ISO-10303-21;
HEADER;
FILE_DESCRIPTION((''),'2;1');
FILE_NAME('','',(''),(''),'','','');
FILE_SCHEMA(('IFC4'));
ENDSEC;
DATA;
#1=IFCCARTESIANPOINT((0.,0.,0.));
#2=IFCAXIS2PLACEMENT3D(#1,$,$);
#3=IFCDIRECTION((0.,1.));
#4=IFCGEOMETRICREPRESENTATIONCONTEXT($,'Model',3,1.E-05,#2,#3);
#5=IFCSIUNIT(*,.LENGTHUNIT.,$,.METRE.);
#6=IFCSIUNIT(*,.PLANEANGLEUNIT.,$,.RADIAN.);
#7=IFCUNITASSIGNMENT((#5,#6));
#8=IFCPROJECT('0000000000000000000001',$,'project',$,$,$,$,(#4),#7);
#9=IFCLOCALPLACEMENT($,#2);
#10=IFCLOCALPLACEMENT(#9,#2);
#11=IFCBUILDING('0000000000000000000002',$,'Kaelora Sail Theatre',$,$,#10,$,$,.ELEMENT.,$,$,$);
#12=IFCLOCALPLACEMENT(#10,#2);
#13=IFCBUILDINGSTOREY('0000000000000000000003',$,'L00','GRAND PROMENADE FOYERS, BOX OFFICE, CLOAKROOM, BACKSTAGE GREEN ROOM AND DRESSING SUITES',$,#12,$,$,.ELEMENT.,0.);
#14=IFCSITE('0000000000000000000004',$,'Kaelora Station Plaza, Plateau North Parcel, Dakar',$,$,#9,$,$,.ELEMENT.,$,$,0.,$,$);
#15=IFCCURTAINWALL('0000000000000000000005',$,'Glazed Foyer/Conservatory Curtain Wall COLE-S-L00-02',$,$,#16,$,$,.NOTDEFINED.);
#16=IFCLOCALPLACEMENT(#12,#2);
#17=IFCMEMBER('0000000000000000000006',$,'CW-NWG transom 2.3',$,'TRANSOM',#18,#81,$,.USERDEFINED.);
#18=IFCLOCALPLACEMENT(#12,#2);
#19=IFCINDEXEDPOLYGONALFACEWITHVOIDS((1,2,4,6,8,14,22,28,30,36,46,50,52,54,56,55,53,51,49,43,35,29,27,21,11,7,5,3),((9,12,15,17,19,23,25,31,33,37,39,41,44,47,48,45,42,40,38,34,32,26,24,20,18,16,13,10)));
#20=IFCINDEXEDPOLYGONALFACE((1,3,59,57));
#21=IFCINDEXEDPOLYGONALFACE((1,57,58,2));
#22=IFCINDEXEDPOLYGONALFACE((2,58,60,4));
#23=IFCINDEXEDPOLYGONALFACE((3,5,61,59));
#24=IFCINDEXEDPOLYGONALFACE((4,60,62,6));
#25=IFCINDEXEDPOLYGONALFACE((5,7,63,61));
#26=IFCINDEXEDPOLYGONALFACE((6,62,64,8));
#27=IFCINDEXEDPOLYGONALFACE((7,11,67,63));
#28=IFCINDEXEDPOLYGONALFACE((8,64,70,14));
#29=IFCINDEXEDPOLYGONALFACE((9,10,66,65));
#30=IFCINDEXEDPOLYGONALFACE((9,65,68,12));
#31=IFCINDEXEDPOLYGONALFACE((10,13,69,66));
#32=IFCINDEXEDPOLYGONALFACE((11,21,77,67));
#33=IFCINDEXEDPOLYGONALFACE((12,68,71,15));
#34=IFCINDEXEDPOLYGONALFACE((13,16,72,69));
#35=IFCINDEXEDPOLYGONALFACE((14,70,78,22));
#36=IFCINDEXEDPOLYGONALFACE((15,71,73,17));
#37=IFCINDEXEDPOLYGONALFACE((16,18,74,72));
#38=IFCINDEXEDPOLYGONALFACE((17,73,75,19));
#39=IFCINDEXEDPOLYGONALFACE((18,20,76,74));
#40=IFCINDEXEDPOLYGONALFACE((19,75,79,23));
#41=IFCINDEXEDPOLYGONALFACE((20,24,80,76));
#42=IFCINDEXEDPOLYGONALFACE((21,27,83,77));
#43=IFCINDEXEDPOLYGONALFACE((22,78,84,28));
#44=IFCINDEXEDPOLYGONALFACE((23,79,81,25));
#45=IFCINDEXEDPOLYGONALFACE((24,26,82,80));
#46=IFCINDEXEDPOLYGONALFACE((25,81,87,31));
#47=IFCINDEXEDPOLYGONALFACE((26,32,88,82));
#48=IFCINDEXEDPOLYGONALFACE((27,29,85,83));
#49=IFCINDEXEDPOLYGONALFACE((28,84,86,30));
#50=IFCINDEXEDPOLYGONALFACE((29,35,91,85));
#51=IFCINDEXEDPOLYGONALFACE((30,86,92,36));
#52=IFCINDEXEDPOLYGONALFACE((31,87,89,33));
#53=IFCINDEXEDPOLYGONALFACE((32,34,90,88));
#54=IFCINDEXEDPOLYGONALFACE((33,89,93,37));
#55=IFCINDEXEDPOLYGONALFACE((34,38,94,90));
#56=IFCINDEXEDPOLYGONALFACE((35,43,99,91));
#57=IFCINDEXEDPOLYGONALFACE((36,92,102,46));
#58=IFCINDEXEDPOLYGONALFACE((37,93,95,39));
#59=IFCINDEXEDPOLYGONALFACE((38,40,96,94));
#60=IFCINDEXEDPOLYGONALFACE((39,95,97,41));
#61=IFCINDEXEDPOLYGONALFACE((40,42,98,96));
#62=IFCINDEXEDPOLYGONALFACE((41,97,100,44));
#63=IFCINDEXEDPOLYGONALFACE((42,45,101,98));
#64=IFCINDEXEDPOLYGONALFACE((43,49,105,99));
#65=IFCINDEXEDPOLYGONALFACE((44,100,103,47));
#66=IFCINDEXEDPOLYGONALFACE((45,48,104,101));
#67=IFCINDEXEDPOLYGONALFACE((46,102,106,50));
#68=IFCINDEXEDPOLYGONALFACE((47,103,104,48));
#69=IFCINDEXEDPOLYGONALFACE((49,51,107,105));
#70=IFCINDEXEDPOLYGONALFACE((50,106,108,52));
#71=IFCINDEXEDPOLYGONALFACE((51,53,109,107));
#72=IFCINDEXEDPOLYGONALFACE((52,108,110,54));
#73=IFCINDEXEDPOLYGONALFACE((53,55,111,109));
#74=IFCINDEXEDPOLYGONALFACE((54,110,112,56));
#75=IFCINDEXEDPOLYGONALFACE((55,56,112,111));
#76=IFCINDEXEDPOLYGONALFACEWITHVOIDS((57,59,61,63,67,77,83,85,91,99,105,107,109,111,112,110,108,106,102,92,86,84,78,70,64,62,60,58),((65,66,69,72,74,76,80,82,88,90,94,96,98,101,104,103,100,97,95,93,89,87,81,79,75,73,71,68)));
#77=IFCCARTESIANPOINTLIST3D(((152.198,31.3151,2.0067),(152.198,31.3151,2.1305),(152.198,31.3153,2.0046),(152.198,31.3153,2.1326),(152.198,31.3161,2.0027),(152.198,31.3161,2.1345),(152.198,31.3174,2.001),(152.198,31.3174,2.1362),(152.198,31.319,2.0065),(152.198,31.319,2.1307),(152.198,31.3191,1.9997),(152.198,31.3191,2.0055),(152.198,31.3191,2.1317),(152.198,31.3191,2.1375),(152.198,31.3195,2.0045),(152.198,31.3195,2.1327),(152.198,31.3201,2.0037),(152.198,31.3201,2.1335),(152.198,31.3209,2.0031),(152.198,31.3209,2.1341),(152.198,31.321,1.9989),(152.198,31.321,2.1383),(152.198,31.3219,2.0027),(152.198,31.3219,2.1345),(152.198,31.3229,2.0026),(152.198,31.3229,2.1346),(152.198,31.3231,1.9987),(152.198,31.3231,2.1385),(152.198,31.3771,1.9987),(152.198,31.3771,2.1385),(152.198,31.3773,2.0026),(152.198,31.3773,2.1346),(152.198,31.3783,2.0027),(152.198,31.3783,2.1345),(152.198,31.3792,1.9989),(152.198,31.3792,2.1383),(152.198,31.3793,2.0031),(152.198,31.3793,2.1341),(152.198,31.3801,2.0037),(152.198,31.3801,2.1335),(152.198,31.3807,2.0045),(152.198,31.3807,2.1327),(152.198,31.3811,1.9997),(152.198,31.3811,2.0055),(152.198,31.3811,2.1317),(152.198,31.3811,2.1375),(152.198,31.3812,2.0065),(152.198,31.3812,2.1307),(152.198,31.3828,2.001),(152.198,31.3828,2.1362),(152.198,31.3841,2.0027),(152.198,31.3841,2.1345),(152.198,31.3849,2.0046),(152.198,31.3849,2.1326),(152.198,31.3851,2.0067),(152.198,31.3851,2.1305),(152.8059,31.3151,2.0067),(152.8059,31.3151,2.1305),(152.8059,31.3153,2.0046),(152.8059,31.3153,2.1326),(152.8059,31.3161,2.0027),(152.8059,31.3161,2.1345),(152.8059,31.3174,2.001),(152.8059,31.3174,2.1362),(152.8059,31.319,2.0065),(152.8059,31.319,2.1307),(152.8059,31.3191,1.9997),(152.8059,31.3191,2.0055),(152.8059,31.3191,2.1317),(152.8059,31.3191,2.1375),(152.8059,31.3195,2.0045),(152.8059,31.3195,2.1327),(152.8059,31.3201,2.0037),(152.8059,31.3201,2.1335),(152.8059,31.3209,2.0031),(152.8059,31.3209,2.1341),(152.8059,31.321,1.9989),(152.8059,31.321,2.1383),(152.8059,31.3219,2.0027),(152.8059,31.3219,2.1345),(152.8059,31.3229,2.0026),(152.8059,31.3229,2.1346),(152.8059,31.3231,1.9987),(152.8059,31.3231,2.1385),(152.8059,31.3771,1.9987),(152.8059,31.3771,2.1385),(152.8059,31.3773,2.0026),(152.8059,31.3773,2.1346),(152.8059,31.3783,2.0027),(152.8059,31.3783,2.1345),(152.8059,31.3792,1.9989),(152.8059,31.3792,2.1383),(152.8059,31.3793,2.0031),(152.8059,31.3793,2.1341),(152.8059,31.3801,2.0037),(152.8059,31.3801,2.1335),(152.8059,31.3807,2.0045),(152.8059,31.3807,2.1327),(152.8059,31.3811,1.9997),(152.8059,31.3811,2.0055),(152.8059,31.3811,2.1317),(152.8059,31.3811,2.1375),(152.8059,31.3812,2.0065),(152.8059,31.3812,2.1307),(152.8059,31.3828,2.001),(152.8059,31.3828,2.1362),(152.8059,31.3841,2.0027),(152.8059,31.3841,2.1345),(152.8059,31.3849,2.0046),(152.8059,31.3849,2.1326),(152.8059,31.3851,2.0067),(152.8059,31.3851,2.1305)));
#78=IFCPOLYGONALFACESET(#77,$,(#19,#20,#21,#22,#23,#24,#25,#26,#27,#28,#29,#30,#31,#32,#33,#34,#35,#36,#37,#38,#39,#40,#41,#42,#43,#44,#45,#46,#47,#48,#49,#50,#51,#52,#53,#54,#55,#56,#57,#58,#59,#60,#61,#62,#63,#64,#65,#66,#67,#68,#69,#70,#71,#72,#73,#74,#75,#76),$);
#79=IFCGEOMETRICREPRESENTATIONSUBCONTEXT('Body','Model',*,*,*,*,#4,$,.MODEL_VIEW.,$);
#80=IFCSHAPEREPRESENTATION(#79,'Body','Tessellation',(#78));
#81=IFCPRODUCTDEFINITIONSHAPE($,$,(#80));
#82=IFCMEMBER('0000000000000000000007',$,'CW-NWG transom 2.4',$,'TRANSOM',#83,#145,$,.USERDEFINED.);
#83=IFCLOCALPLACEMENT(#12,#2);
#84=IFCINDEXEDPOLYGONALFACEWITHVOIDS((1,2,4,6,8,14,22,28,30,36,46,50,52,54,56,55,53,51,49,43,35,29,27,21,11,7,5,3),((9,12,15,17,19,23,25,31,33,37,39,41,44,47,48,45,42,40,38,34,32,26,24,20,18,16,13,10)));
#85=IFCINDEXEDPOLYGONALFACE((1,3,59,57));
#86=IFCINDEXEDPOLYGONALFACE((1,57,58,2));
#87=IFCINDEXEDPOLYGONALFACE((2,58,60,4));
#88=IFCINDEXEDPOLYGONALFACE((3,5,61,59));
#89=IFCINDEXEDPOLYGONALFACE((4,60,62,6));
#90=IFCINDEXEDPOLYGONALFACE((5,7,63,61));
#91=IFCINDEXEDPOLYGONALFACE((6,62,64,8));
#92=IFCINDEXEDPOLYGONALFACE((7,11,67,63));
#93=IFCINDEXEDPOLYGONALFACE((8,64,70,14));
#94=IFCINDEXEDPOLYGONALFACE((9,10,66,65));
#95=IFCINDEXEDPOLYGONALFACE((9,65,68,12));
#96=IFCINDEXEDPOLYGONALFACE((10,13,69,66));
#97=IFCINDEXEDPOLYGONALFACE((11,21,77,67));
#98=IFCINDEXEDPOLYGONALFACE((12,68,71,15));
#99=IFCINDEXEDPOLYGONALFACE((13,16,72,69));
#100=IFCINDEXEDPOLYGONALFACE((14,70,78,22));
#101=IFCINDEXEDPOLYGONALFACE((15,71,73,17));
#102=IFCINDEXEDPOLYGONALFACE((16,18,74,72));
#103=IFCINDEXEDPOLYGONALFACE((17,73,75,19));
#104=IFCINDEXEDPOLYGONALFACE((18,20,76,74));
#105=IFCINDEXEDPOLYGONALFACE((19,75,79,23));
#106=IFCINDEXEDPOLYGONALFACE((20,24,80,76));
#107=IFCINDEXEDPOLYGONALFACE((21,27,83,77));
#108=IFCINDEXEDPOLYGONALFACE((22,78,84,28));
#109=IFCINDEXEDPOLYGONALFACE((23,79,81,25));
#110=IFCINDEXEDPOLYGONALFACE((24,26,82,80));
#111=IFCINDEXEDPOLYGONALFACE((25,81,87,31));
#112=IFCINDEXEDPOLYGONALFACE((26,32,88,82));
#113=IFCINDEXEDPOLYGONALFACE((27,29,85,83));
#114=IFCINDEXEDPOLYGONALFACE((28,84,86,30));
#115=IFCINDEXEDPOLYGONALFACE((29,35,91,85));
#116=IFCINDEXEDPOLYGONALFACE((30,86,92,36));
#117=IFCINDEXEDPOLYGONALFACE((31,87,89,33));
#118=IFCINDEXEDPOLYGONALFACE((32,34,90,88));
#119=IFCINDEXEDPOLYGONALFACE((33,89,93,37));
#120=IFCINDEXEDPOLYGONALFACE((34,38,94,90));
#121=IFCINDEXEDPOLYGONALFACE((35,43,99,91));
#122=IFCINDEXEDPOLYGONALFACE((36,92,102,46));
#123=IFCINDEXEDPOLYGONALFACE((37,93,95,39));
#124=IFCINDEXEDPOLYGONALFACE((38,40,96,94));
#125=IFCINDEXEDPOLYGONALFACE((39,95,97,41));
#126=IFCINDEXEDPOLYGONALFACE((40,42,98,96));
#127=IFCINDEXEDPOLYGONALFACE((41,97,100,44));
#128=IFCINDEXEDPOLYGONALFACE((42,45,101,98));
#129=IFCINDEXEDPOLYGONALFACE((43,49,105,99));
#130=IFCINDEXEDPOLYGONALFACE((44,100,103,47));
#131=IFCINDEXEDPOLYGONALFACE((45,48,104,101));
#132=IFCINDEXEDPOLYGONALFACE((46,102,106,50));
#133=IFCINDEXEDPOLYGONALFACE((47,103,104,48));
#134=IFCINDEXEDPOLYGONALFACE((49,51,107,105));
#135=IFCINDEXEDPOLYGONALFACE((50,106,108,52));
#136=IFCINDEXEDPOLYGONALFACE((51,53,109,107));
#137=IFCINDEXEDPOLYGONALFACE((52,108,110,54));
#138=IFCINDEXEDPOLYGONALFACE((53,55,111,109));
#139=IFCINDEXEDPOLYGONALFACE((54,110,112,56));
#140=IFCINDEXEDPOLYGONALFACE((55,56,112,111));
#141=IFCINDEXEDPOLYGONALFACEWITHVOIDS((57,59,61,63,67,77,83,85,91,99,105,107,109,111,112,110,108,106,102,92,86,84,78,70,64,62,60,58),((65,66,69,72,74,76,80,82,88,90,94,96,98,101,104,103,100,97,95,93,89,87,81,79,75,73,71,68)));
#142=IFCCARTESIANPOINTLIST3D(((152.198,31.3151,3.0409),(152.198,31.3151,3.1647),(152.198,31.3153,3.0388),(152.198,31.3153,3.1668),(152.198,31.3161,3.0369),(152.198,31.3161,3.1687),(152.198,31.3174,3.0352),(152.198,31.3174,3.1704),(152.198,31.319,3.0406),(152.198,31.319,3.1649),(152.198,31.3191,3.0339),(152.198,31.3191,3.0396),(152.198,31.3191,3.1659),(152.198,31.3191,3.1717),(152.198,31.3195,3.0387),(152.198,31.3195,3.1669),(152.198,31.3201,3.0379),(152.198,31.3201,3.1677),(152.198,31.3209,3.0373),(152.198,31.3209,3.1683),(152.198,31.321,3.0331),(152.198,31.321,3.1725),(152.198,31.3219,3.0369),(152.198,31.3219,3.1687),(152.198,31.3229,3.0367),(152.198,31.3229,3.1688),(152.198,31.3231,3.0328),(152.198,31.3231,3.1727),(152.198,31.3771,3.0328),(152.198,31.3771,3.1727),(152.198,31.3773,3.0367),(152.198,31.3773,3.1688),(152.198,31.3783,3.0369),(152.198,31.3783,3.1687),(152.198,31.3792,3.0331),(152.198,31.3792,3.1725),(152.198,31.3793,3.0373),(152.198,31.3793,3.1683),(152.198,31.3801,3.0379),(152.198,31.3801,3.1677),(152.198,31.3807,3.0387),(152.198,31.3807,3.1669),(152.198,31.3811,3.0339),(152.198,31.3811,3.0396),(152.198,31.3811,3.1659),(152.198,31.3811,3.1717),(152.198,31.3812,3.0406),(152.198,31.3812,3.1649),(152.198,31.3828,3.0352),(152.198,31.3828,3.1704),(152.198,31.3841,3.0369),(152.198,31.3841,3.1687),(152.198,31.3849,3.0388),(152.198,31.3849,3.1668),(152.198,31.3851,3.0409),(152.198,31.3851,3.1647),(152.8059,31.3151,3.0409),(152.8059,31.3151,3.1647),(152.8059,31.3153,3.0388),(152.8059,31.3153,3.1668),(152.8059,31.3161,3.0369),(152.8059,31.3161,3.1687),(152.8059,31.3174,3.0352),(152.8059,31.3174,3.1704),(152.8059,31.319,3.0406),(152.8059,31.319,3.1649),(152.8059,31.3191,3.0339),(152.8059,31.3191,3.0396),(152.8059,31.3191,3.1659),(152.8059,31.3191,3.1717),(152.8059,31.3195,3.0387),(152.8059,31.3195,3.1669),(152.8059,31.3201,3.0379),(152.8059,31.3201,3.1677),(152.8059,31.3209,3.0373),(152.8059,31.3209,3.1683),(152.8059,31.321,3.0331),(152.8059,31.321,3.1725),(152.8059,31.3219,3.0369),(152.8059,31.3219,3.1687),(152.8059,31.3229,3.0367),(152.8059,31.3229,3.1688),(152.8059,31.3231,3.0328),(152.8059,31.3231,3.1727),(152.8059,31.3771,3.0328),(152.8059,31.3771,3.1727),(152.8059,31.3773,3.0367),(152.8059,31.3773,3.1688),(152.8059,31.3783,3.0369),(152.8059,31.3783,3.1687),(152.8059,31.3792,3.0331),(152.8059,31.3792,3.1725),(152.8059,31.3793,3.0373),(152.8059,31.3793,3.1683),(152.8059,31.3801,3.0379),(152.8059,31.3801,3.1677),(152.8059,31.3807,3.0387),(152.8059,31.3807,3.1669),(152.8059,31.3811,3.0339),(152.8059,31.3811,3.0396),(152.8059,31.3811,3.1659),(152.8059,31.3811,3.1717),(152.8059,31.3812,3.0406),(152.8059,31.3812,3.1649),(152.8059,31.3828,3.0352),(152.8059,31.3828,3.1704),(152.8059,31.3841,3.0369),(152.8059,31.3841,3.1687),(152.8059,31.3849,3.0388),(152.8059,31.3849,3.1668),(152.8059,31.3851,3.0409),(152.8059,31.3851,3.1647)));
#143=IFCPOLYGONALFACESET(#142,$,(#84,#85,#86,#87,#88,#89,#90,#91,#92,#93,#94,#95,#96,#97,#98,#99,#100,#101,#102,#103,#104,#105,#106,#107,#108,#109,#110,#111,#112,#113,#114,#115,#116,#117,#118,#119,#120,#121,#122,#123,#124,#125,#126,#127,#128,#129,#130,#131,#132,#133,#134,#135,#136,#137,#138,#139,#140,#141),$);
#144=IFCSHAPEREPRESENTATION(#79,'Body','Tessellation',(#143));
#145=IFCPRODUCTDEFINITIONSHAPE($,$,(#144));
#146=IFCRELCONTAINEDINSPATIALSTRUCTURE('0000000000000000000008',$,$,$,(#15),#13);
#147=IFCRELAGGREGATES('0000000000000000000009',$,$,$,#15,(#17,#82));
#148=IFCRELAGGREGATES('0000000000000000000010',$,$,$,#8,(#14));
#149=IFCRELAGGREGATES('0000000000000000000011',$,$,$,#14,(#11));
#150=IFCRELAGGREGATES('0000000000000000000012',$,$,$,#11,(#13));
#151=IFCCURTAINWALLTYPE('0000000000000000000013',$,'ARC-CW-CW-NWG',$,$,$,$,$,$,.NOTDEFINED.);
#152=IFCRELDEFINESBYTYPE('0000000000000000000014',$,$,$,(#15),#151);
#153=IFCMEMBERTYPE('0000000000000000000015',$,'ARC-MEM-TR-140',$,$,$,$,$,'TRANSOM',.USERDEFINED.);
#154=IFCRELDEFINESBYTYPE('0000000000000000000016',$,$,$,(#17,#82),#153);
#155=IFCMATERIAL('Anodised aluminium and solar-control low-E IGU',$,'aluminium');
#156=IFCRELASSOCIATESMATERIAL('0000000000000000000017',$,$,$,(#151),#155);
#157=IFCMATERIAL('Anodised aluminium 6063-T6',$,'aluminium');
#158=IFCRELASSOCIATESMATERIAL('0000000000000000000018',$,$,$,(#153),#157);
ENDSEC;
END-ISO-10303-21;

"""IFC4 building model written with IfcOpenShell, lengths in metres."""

from ifc_helpers import new_model, si_unit, direction, frame, origin, origin_2d, place, context, subcontext, project, spatial, hollow_rectangle, extrude, material, material_profile, profile_set, type_object, element, aggregate, save


model = new_model("IFC4")

# Units and contexts
model_context = context("Model", 3, precision=1e-05, world=origin(), true_north=direction((0.0, 1.0)))
body_context = subcontext(model_context, "Body", "Model", "MODEL_VIEW")
ifc_project = project(units=[si_unit("LENGTHUNIT", "METRE"), si_unit("PLANEANGLEUNIT", "RADIAN")], contexts=[model_context])

# Site, building, storey
site_placement = place(None, origin())
site = spatial("IfcSite", under=ifc_project, at=site_placement, Name="Kaelora Station Plaza, Plateau North Parcel, Dakar", CompositionType="ELEMENT", RefElevation=0.0)
building_placement = place(site_placement, origin())
building = spatial("IfcBuilding", under=site, at=building_placement, Name="Kaelora Sail Theatre", CompositionType="ELEMENT")
storey_placement = place(building_placement, origin())
storey = spatial("IfcBuildingStorey", under=building, at=storey_placement, Name="L00", Description="GRAND PROMENADE FOYERS, BOX OFFICE, CLOAKROOM, BACKSTAGE GREEN ROOM AND DRESSING SUITES", CompositionType="ELEMENT", Elevation=0.0)

# Curtain wall, members
ifc_material_1 = material(Name="Anodised aluminium and solar-control low-E IGU", Category="aluminium")
curtain_wall_type = type_object("IfcCurtainWallType", Name="ARC-CW-CW-NWG", PredefinedType="NOTDEFINED", material=ifc_material_1)
curtain_wall_placement = place(storey_placement, origin())
curtain_wall = element("IfcCurtainWall", 1, at=curtain_wall_placement, inside=storey, type_object=curtain_wall_type, Name="Glazed Foyer/Conservatory Curtain Wall COLE-S-L00-02", PredefinedType="NOTDEFINED")
ifc_material_2 = material(Name="Anodised aluminium 6063-T6", Category="aluminium")
ifc_material_profile_1 = material_profile(ifc_material_2, hollow_rectangle(XDim=0.0701, YDim=0.1399, WallThickness=0.0039, InnerFilletRadius=0.0039, OuterFilletRadius=0.0081, at=origin_2d()), Name="ALU-TRAN 70x140x4")
ifc_profile_set_1 = profile_set([ifc_material_profile_1], Name="Anodised aluminium 6063-T6")
member_type_1 = type_object("IfcMemberType", Name="ARC-MEM-TR-140", ElementType="TRANSOM", PredefinedType="USERDEFINED", material=ifc_profile_set_1)
member_1_placement = place(storey_placement, frame((152.198, 31.3501, 2.0686), z_axis=(1.0, 0.0, 0.0), x_axis=(0.0, 1.0, 0.0)))
member_1 = element("IfcMember", 2, at=member_1_placement, type_object=member_type_1, Name="CW-NWG transom 2.3", ObjectType="TRANSOM", PredefinedType="USERDEFINED", context=body_context, shape_type="SweptSolid", body=[
    extrude(hollow_rectangle(XDim=0.0701, YDim=0.1399, WallThickness=0.0039, InnerFilletRadius=0.0039, OuterFilletRadius=0.0081, at=origin_2d()), origin(), (0.0, 0.0, 1.0), 0.6079),
])
member_2_placement = place(storey_placement, frame((152.198, 31.3501, 3.1028), z_axis=(1.0, 0.0, 0.0), x_axis=(0.0, 1.0, 0.0)))
member_2 = element("IfcMember", 3, at=member_2_placement, type_object=member_type_1, Name="CW-NWG transom 2.4", ObjectType="TRANSOM", PredefinedType="USERDEFINED", context=body_context, shape_type="SweptSolid", body=[
    extrude(hollow_rectangle(XDim=0.0701, YDim=0.1399, WallThickness=0.0039, InnerFilletRadius=0.0039, OuterFilletRadius=0.0081, at=origin_2d()), origin(), (0.0, 0.0, 1.0), 0.6079),
])

aggregate(curtain_wall, [member_1, member_2])

save(model, "model.ifc")
